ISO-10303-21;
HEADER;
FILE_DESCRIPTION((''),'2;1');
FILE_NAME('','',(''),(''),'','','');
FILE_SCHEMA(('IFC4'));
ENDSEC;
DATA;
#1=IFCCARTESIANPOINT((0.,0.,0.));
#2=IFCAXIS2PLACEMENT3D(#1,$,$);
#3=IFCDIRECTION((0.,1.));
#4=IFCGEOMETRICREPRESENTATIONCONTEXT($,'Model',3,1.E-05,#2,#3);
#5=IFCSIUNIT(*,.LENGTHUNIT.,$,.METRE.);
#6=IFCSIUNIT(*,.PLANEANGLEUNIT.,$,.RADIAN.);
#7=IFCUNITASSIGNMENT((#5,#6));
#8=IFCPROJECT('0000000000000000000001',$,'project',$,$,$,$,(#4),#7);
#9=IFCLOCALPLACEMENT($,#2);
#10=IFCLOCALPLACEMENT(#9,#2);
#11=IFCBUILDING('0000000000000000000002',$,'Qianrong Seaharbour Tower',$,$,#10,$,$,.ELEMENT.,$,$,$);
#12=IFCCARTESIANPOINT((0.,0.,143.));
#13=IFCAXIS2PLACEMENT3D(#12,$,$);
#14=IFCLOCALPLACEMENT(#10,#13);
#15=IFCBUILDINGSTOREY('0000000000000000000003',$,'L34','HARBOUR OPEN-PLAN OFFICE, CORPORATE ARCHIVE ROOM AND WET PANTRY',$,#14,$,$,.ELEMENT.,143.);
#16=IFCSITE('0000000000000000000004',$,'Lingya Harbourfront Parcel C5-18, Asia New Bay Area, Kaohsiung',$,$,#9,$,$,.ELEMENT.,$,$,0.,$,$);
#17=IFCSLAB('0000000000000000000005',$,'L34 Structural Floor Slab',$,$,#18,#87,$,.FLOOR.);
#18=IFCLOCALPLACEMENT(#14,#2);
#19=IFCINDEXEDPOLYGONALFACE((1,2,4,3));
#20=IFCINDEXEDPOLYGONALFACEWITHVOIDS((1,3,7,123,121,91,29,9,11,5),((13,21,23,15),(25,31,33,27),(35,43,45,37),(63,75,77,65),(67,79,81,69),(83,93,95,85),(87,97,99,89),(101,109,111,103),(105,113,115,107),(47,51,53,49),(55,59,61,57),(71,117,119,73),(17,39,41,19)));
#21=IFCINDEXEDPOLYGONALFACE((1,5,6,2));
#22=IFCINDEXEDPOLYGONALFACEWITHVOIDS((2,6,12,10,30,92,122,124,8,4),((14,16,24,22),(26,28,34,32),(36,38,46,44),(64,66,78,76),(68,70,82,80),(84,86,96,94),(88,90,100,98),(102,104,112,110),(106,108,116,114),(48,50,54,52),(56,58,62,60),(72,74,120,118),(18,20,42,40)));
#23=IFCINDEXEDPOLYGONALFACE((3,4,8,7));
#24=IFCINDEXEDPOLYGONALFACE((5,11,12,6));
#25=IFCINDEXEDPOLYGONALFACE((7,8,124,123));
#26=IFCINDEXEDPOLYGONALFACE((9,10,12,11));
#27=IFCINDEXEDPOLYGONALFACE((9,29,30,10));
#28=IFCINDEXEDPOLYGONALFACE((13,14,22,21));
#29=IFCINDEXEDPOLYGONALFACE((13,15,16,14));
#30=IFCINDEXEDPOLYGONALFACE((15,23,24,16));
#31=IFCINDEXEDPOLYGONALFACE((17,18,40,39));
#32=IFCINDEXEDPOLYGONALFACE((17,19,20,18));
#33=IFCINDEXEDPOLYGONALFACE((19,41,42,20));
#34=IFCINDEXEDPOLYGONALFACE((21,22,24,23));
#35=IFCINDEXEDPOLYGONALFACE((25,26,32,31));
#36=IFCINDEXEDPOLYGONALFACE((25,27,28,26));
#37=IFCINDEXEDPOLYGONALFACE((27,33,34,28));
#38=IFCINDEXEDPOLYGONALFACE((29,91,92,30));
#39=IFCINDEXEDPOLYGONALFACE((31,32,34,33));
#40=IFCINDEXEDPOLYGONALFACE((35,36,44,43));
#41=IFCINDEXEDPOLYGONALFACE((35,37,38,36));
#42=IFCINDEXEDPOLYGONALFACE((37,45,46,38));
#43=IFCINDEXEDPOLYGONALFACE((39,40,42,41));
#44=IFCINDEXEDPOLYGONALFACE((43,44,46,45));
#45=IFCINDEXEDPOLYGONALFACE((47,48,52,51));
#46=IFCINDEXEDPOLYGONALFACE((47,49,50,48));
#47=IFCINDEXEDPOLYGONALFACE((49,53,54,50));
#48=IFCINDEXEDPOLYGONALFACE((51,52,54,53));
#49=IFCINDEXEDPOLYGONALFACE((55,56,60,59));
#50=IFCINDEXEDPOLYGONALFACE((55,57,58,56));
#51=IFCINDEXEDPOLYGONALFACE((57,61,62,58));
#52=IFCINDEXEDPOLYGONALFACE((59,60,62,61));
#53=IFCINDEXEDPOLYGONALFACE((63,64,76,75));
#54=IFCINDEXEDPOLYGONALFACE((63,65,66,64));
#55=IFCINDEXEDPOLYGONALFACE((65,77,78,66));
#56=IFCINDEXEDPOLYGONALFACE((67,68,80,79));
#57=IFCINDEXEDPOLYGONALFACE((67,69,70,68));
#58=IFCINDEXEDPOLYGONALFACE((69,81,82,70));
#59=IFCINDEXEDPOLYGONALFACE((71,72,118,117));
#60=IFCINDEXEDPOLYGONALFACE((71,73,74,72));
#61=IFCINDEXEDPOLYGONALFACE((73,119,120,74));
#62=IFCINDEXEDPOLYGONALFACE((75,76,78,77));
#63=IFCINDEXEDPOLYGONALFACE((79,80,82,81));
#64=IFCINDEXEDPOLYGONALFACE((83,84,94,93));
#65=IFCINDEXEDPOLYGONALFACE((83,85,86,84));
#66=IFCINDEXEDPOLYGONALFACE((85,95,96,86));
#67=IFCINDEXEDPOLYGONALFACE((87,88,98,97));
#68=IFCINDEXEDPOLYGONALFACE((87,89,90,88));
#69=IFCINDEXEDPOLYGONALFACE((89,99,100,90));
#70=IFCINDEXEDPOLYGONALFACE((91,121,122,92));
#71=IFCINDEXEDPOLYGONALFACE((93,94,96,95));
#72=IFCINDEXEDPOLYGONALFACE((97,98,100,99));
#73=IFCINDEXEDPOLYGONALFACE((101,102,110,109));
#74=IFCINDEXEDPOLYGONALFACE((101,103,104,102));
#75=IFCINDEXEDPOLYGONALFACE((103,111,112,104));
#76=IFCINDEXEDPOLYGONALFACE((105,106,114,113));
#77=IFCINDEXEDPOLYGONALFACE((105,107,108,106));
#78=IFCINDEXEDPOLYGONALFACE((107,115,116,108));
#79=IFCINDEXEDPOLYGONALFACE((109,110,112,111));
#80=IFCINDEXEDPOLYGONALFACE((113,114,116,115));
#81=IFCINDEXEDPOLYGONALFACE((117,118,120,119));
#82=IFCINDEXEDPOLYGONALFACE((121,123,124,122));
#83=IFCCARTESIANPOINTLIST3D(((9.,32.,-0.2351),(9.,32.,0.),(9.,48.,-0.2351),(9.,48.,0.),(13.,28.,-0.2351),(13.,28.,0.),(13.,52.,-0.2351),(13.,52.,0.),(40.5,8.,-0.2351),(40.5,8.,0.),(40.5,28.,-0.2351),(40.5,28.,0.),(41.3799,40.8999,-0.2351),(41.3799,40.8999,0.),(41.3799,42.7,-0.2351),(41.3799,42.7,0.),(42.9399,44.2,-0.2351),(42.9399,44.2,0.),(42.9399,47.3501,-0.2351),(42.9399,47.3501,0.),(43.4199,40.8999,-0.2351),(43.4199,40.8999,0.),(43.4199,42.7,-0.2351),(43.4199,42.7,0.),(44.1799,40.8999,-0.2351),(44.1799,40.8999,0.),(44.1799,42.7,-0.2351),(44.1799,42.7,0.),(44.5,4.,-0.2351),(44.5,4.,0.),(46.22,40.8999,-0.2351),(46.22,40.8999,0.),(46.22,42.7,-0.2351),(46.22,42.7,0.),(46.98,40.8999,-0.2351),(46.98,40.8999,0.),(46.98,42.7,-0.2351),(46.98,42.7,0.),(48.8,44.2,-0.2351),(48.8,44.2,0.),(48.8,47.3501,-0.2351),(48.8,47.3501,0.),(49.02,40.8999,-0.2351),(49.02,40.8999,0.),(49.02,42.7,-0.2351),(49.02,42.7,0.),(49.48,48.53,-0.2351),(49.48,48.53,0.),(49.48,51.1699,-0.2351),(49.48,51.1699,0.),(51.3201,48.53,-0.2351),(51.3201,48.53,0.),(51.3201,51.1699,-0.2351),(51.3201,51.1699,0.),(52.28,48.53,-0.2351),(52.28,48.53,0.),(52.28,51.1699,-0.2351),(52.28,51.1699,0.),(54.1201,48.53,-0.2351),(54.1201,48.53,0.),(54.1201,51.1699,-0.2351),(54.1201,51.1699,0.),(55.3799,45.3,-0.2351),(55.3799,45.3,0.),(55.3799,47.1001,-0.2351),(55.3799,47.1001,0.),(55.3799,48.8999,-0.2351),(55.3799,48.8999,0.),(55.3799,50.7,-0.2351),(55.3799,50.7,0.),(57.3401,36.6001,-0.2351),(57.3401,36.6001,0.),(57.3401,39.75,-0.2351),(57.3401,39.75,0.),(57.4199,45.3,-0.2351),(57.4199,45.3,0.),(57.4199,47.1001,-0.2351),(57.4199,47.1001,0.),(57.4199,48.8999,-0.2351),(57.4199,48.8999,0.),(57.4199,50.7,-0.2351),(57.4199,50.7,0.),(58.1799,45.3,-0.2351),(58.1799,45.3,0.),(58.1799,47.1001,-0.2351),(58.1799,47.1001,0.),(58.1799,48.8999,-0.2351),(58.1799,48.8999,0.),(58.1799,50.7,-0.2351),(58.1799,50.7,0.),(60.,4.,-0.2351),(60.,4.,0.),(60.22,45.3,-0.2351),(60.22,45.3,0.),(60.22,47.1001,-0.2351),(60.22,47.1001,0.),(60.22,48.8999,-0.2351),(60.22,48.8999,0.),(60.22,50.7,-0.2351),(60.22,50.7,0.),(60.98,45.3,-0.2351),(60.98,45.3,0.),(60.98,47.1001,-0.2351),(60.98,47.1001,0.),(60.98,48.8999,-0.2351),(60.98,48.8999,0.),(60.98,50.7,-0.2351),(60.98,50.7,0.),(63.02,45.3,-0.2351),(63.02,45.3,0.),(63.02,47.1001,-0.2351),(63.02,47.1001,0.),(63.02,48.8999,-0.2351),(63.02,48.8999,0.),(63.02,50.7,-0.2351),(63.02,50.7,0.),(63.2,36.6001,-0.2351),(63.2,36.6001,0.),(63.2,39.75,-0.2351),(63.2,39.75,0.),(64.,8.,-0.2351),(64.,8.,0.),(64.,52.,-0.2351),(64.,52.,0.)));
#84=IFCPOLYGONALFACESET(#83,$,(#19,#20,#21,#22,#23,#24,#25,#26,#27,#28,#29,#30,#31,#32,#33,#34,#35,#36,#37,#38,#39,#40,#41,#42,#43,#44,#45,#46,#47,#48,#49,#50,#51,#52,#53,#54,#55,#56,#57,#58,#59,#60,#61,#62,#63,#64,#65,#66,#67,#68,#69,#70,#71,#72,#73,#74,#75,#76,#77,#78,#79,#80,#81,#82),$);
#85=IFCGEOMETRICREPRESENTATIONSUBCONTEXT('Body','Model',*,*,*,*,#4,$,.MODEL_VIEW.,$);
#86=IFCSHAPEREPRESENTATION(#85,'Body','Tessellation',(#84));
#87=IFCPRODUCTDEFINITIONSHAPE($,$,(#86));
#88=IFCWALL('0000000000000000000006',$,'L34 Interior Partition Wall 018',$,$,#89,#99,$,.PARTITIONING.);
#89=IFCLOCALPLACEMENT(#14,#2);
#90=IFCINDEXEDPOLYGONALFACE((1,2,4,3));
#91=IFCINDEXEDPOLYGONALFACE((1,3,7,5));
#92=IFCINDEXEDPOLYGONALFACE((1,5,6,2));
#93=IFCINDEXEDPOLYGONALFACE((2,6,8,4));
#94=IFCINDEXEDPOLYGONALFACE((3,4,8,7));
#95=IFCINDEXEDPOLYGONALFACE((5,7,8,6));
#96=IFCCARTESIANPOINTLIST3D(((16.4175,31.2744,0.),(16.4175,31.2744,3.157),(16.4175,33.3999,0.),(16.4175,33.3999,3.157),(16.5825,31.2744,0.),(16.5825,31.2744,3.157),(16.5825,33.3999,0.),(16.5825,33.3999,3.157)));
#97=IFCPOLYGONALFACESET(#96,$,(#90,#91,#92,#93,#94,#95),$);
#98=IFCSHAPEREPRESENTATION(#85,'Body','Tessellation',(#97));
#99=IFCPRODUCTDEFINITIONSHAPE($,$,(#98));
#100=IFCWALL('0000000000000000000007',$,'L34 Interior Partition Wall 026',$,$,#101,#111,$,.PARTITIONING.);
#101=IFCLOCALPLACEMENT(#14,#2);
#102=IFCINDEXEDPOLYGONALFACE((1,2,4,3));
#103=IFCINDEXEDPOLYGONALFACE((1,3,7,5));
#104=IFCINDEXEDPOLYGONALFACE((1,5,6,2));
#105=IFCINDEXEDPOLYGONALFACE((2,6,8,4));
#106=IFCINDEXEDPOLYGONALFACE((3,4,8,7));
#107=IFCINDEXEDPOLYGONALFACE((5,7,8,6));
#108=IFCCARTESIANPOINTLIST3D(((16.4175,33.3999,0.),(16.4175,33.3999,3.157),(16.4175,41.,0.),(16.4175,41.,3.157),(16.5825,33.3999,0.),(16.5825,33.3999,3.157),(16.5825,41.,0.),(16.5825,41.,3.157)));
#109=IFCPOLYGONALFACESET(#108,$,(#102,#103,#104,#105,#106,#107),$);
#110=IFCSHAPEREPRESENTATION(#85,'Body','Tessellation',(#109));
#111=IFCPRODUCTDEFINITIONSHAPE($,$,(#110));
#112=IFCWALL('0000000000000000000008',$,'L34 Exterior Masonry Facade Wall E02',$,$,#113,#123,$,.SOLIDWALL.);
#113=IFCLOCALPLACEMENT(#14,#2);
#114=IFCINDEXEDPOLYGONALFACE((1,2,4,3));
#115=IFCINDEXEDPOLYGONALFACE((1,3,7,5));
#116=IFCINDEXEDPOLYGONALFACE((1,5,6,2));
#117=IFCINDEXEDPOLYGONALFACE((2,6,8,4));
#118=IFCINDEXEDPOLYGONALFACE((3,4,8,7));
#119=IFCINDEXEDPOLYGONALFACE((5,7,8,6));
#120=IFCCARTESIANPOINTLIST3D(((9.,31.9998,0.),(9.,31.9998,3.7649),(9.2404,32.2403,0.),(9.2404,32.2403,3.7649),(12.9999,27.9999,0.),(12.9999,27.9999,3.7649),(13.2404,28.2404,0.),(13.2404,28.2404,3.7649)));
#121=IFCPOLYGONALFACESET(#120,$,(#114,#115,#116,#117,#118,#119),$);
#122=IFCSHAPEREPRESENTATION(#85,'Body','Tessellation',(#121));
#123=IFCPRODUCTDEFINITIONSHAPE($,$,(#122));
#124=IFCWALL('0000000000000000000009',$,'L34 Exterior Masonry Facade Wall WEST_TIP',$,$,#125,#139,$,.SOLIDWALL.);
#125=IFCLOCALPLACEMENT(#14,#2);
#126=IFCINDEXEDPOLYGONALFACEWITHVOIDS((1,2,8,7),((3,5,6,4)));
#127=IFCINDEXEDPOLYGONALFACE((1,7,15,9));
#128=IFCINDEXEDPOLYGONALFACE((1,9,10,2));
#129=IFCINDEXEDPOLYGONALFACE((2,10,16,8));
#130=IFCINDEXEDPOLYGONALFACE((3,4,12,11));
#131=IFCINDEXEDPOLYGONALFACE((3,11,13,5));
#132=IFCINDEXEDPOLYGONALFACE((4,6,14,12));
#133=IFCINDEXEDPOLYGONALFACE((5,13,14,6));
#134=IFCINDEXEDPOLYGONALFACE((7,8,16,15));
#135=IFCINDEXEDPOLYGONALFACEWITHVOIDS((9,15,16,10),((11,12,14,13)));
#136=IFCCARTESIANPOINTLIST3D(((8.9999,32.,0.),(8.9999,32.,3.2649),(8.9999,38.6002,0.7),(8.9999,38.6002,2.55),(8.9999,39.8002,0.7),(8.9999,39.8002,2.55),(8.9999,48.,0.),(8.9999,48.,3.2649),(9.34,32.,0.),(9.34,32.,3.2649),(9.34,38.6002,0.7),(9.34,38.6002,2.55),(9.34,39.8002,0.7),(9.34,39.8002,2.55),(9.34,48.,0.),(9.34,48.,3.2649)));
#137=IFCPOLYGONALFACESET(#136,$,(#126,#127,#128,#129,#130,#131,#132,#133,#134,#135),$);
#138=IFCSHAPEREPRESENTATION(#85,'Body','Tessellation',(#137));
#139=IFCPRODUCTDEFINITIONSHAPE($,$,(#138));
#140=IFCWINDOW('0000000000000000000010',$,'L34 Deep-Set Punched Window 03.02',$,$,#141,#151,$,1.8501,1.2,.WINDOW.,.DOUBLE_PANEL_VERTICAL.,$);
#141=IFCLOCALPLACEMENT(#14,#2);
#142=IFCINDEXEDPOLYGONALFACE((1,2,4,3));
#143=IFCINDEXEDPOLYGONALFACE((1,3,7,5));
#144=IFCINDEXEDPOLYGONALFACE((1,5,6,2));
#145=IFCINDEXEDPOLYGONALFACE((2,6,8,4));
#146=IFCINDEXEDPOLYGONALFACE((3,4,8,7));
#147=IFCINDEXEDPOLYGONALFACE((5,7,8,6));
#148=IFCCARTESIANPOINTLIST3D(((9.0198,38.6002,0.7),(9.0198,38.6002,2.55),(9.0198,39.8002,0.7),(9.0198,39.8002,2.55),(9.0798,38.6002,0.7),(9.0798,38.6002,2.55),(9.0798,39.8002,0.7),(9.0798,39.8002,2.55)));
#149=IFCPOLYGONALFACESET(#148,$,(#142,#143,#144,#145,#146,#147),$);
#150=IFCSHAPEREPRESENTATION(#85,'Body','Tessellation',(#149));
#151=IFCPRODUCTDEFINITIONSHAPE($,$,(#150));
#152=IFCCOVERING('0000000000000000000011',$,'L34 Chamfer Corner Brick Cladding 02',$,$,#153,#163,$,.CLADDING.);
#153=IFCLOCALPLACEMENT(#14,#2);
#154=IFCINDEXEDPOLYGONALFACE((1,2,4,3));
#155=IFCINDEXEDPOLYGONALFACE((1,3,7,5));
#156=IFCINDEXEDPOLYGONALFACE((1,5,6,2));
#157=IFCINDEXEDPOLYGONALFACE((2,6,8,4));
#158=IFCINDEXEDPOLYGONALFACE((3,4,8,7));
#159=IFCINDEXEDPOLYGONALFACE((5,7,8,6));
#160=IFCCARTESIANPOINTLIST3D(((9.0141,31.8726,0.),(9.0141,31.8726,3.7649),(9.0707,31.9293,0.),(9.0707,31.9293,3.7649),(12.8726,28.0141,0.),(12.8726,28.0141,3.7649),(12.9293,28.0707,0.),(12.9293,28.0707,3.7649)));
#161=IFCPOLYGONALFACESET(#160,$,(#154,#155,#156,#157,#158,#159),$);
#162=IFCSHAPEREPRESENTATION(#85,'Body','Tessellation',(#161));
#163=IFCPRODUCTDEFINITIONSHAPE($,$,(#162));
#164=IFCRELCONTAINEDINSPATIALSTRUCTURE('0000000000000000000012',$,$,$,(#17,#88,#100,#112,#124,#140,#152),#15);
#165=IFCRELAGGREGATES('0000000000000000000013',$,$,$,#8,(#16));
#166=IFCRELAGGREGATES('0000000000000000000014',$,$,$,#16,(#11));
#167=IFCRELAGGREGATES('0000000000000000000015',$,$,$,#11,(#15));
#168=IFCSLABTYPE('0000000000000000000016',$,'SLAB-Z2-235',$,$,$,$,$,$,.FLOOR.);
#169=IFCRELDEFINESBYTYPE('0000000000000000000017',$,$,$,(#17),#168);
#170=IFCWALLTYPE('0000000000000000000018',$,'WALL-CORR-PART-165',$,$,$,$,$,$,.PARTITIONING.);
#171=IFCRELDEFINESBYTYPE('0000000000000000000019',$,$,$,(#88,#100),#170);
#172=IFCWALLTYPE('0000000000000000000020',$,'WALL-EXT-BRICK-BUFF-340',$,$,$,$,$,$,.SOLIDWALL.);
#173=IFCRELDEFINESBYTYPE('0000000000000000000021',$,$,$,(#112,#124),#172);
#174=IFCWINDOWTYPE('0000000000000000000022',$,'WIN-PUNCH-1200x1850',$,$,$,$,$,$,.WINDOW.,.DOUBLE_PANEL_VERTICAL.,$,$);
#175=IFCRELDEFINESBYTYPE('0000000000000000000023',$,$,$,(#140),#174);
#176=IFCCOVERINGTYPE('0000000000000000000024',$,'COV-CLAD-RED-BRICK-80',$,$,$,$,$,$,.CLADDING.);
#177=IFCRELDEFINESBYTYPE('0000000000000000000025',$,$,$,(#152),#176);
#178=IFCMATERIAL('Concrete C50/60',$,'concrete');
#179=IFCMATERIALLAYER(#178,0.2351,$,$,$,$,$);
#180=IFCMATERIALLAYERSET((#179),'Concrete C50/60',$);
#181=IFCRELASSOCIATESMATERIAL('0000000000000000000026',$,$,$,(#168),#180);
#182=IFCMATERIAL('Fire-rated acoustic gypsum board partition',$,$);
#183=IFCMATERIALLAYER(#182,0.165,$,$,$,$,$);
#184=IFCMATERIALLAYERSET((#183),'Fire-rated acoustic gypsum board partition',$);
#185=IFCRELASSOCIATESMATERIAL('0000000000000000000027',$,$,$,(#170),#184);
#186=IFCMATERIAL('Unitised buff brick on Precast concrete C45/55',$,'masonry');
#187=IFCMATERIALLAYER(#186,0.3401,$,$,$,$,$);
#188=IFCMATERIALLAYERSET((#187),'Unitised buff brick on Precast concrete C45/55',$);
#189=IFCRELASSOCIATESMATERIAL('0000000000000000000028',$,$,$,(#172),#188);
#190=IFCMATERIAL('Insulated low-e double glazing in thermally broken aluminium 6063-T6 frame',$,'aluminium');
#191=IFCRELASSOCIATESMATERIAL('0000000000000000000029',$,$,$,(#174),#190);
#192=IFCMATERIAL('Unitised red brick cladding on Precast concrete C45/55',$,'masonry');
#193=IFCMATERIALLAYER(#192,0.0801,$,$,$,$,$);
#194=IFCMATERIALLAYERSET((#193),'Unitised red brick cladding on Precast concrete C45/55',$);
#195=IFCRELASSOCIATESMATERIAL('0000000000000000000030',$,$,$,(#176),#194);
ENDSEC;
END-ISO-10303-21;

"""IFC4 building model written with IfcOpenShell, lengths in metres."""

from ifc_helpers import new_model, si_unit, direction, frame, frame_2d, origin, origin_2d, place, context, subcontext, project, spatial, polyline, rectangle, outline, extrude, material, layer, layer_set, type_object, element, fill, save


model = new_model("IFC4")

# Units and contexts
model_context = context("Model", 3, precision=1e-05, world=origin(), true_north=direction((0.0, 1.0)))
body_context = subcontext(model_context, "Body", "Model", "MODEL_VIEW")
ifc_project = project(units=[si_unit("LENGTHUNIT", "METRE"), si_unit("PLANEANGLEUNIT", "RADIAN")], contexts=[model_context])

# Site, building, storey
site_placement = place(None, origin())
site = spatial("IfcSite", under=ifc_project, at=site_placement, Name="Lingya Harbourfront Parcel C5-18, Asia New Bay Area, Kaohsiung", CompositionType="ELEMENT", RefElevation=0.0)
building_placement = place(site_placement, origin())
building = spatial("IfcBuilding", under=site, at=building_placement, Name="Qianrong Seaharbour Tower", CompositionType="ELEMENT")
storey_placement = place(building_placement, frame((0.0, 0.0, 143.0)))
storey = spatial("IfcBuildingStorey", under=building, at=storey_placement, Name="L34", Description="HARBOUR OPEN-PLAN OFFICE, CORPORATE ARCHIVE ROOM AND WET PANTRY", CompositionType="ELEMENT", Elevation=143.0)

# Shared definitions
ifc_material_1 = material(Name="Concrete C50/60", Category="concrete")

# Slab
ifc_layer_1 = layer(ifc_material_1, 0.2351)
ifc_layer_set_1 = layer_set([ifc_layer_1], Name="Concrete C50/60")
slab_type_1 = type_object("IfcSlabType", Name="SLAB-Z2-235", PredefinedType="FLOOR", material=ifc_layer_set_1)
slab_1_placement = place(storey_placement, frame((0.0, 0.0, -0.2351)))
element("IfcSlab", 1, at=slab_1_placement, inside=storey, type_object=slab_type_1, Name="L34 Structural Floor Slab", PredefinedType="FLOOR", context=body_context, shape_type="SweptSolid", body=[
    extrude(outline(polyline([(44.5, 4.0), (60.0, 4.0), (64.0, 8.0), (64.0, 52.0), (13.0, 52.0), (9.0, 48.0), (9.0, 32.0), (13.0, 28.0), (40.5, 28.0), (40.5, 8.0), (44.5, 4.0)]), holes=[polyline([(42.9399, 44.2), (42.9399, 47.3501), (48.8, 47.3501), (48.8, 44.2), (42.9399, 44.2)]), polyline([(57.3401, 36.6001), (57.3401, 39.75), (63.2, 39.75), (63.2, 36.6001), (57.3401, 36.6001)]), polyline([(49.48, 48.53), (49.48, 51.1699), (51.3201, 51.1699), (51.3201, 48.53), (49.48, 48.53)]), polyline([(52.28, 48.53), (52.28, 51.1699), (54.1201, 51.1699), (54.1201, 48.53), (52.28, 48.53)]), polyline([(41.3799, 40.8999), (41.3799, 42.7), (43.4199, 42.7), (43.4199, 40.8999), (41.3799, 40.8999)]), polyline([(44.1799, 40.8999), (44.1799, 42.7), (46.22, 42.7), (46.22, 40.8999), (44.1799, 40.8999)]), polyline([(46.98, 40.8999), (46.98, 42.7), (49.02, 42.7), (49.02, 40.8999), (46.98, 40.8999)]), polyline([(55.3799, 45.3), (55.3799, 47.1001), (57.4199, 47.1001), (57.4199, 45.3), (55.3799, 45.3)]), polyline([(58.1799, 45.3), (58.1799, 47.1001), (60.22, 47.1001), (60.22, 45.3), (58.1799, 45.3)]), polyline([(60.98, 45.3), (60.98, 47.1001), (63.02, 47.1001), (63.02, 45.3), (60.98, 45.3)]), polyline([(55.3799, 48.8999), (55.3799, 50.7), (57.4199, 50.7), (57.4199, 48.8999), (55.3799, 48.8999)]), polyline([(58.1799, 48.8999), (58.1799, 50.7), (60.22, 50.7), (60.22, 48.8999), (58.1799, 48.8999)]), polyline([(60.98, 48.8999), (60.98, 50.7), (63.02, 50.7), (63.02, 48.8999), (60.98, 48.8999)])]), origin(), (0.0, 0.0, 1.0), 0.2351),
])

# Walls
ifc_material_2 = material(Name="Fire-rated acoustic gypsum board partition")
ifc_layer_2 = layer(ifc_material_2, 0.165)
ifc_layer_set_2 = layer_set([ifc_layer_2], Name="Fire-rated acoustic gypsum board partition")
wall_type_1 = type_object("IfcWallType", Name="WALL-CORR-PART-165", PredefinedType="PARTITIONING", material=ifc_layer_set_2)
wall_1_placement = place(storey_placement, frame((16.5, 31.2744, 0.0), z_axis=(0.0, 0.0, 1.0), x_axis=(0.0, 1.0, 0.0)))
element("IfcWall", 2, at=wall_1_placement, inside=storey, type_object=wall_type_1, Name="L34 Interior Partition Wall 018", PredefinedType="PARTITIONING", context=body_context, shape_type="SweptSolid", body=[
    extrude(rectangle(XDim=2.1255, YDim=0.165, at=frame_2d((1.0627, 0.0))), origin(), (0.0, 0.0, 1.0), 3.157),
])
wall_2_placement = place(storey_placement, frame((16.5, 33.3999, 0.0), z_axis=(0.0, 0.0, 1.0), x_axis=(0.0, 1.0, 0.0)))
element("IfcWall", 3, at=wall_2_placement, inside=storey, type_object=wall_type_1, Name="L34 Interior Partition Wall 026", PredefinedType="PARTITIONING", context=body_context, shape_type="SweptSolid", body=[
    extrude(rectangle(XDim=7.6001, YDim=0.165, at=frame_2d((3.8, 0.0))), origin(), (0.0, 0.0, 1.0), 3.157),
])
ifc_material_3 = material(Name="Unitised buff brick on Precast concrete C45/55", Category="masonry")
ifc_layer_3 = layer(ifc_material_3, 0.3401)
ifc_layer_set_3 = layer_set([ifc_layer_3], Name="Unitised buff brick on Precast concrete C45/55")
wall_type_2 = type_object("IfcWallType", Name="WALL-EXT-BRICK-BUFF-340", PredefinedType="SOLIDWALL", material=ifc_layer_set_3)
wall_3_placement = place(storey_placement, frame((13.1201, 28.1201, 0.0), z_axis=(0.0, 0.0, 1.0), x_axis=(-0.707107, 0.707107, 0.0)))
element("IfcWall", 4, at=wall_3_placement, inside=storey, type_object=wall_type_2, Name="L34 Exterior Masonry Facade Wall E02", PredefinedType="SOLIDWALL", context=body_context, shape_type="SweptSolid", body=[
    extrude(rectangle(XDim=5.6567, YDim=0.3401, at=frame_2d((2.8284, 0.0))), origin(), (0.0, 0.0, 1.0), 3.7649),
])

# Wall, opening, window
wall_4_placement = place(storey_placement, frame((9.1699, 32.0, 0.0), z_axis=(0.0, 0.0, 1.0), x_axis=(0.0, 1.0, 0.0)))
wall_4 = element("IfcWall", 5, at=wall_4_placement, inside=storey, type_object=wall_type_2, Name="L34 Exterior Masonry Facade Wall WEST_TIP", PredefinedType="SOLIDWALL", context=body_context, shape_type="SweptSolid", body=[
    extrude(rectangle(XDim=16.0, YDim=0.3401, at=frame_2d((8.0, 0.0))), origin(), (0.0, 0.0, 1.0), 3.2649),
])
opening_placement = place(wall_4_placement, frame((6.6001, 0.0, 0.7)))
opening = element("IfcOpeningElement", 6, at=opening_placement, cuts=wall_4, PredefinedType="OPENING", context=body_context, shape_type="SweptSolid", body=[
    extrude(rectangle(XDim=1.2, YDim=1.8501, at=frame_2d((0.6001, 0.925))), frame((0.0, 0.1802, 0.0), z_axis=(0.0, -1.0, 0.0), x_axis=(1.0, 0.0, 0.0)), (0.0, 0.0, 1.0), 0.3601),
])
ifc_material_4 = material(Name="Insulated low-e double glazing in thermally broken aluminium 6063-T6 frame", Category="aluminium")
window_type = type_object("IfcWindowType", Name="WIN-PUNCH-1200x1850", PartitioningType="DOUBLE_PANEL_VERTICAL", PredefinedType="WINDOW", material=ifc_material_4)
window_placement = place(opening_placement, origin())
window = element("IfcWindow", 7, at=window_placement, inside=storey, type_object=window_type, Name="L34 Deep-Set Punched Window 03.02", OverallHeight=1.8501, OverallWidth=1.2, PartitioningType="DOUBLE_PANEL_VERTICAL", PredefinedType="WINDOW", context=body_context, shape_type="SweptSolid", body=[
    extrude(rectangle(XDim=1.2, YDim=1.8501, at=frame_2d((0.6001, 0.925))), frame((0.0, 0.1501, 0.0), z_axis=(0.0, -1.0, 0.0), x_axis=(1.0, 0.0, 0.0)), (0.0, 0.0, 1.0), 0.0601),
])
fill(opening, window)

# Covering
ifc_material_5 = material(Name="Unitised red brick cladding on Precast concrete C45/55", Category="masonry")
ifc_layer_4 = layer(ifc_material_5, 0.0801)
ifc_layer_set_4 = layer_set([ifc_layer_4], Name="Unitised red brick cladding on Precast concrete C45/55")
covering_type_1 = type_object("IfcCoveringType", Name="COV-CLAD-RED-BRICK-80", PredefinedType="CLADDING", material=ifc_layer_set_4)
covering_1_placement = place(storey_placement, frame((10.9717, 29.9717, 0.0), z_axis=(0.0, 0.0, 1.0), x_axis=(-0.707107, 0.707107, 0.0)))
element("IfcCovering", 8, at=covering_1_placement, inside=storey, type_object=covering_type_1, Name="L34 Chamfer Corner Brick Cladding 02", PredefinedType="CLADDING", context=body_context, shape_type="SweptSolid", body=[
    extrude(rectangle(XDim=5.4568, YDim=0.0801, at=origin_2d()), origin(), (0.0, 0.0, 1.0), 3.7649),
])

save(model, "model.ifc")
